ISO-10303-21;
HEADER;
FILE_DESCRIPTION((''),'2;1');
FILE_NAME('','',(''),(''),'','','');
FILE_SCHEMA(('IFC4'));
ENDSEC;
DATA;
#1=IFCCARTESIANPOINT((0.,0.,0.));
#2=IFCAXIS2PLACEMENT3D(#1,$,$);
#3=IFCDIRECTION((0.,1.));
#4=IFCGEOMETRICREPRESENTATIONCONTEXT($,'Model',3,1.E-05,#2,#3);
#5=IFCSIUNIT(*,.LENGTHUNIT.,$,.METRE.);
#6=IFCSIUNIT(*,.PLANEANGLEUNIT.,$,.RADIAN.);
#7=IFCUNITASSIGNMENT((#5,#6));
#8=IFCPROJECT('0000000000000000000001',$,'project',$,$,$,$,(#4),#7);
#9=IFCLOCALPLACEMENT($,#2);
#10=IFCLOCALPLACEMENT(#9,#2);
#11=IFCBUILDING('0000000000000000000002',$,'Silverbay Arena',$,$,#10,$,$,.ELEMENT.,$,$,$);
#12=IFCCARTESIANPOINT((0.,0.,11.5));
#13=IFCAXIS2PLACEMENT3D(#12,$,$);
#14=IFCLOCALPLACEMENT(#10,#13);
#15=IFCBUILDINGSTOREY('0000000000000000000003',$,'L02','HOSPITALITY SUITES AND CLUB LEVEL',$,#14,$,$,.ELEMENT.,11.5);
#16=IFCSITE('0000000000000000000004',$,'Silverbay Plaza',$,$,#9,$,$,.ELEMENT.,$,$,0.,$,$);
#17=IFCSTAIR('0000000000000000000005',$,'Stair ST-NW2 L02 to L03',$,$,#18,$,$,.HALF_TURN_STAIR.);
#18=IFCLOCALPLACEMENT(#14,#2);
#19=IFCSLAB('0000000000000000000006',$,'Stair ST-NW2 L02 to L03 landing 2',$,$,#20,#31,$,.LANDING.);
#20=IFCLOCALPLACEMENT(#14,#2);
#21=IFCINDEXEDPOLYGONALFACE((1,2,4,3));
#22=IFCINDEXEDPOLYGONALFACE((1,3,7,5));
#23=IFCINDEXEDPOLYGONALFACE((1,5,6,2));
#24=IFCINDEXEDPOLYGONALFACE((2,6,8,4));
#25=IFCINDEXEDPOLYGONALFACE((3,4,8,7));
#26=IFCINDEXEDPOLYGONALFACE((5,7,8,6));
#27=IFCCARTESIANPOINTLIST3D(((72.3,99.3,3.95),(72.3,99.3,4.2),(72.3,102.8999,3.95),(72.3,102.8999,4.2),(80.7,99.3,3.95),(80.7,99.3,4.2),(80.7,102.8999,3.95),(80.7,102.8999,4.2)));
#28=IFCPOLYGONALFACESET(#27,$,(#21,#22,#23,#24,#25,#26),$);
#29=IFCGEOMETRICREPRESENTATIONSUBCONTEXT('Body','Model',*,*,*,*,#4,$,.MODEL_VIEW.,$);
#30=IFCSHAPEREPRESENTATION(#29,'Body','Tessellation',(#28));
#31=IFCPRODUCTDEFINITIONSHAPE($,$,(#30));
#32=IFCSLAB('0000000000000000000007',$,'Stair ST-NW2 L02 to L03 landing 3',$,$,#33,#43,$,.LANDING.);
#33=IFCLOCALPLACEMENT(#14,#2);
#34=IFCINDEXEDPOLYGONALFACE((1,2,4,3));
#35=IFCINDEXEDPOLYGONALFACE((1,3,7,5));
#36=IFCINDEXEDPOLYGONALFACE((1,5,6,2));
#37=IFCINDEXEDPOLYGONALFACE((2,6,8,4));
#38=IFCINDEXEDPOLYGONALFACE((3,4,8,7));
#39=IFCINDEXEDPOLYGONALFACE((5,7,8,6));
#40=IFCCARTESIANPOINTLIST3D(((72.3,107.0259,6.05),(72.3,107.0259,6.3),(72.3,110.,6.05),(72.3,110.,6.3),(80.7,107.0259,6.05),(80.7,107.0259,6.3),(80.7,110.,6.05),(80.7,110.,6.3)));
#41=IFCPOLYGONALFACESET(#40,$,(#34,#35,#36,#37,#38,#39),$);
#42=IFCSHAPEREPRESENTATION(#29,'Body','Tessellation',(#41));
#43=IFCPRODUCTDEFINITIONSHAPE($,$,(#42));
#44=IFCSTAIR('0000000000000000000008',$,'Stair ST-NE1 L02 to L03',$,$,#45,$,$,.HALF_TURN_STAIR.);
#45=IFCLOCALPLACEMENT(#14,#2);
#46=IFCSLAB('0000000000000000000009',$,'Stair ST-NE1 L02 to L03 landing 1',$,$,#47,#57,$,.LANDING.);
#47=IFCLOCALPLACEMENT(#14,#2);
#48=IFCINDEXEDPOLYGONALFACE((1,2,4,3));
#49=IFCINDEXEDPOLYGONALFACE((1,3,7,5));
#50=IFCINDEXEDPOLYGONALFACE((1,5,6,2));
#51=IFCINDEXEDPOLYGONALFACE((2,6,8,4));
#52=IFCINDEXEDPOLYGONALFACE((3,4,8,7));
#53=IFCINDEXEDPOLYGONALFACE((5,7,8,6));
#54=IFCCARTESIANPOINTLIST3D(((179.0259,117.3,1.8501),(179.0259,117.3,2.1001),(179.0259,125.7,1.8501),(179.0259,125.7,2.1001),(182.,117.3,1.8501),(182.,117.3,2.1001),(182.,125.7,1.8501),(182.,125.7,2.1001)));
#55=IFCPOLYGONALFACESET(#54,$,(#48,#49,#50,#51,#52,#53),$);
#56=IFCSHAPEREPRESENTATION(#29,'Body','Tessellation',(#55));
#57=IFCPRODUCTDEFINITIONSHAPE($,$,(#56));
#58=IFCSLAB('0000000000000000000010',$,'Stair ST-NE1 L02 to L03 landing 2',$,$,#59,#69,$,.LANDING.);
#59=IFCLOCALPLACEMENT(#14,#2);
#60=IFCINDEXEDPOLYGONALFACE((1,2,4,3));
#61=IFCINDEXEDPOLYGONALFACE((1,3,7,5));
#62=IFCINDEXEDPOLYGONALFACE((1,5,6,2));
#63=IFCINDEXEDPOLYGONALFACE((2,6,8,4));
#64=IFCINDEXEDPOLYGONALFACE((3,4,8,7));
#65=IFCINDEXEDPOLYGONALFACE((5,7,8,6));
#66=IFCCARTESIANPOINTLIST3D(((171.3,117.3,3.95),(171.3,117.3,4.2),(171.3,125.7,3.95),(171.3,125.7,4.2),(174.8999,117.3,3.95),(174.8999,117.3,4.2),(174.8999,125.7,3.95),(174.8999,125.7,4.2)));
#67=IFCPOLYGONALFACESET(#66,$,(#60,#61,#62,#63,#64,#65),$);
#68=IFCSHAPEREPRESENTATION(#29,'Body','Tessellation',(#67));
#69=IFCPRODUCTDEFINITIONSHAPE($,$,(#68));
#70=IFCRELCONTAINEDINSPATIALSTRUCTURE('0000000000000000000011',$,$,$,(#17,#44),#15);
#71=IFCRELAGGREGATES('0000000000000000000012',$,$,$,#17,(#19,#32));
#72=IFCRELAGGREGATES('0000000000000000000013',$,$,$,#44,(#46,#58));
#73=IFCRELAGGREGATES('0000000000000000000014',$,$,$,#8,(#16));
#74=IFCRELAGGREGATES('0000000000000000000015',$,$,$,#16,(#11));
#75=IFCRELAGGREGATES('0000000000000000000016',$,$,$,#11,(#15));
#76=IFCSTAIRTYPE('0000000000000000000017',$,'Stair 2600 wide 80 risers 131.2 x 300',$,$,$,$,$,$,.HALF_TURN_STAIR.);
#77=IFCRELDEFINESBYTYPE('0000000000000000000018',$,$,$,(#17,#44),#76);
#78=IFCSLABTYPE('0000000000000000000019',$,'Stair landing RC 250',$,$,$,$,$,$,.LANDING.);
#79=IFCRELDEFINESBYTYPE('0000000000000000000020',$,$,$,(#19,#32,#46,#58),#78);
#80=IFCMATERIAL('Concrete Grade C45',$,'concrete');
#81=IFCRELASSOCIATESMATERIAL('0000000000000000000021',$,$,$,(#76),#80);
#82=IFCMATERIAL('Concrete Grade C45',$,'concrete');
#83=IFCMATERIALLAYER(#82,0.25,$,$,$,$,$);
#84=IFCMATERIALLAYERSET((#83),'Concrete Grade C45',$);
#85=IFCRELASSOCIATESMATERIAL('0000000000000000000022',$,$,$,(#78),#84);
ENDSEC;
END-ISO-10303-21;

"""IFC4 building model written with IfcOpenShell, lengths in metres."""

from ifc_helpers import new_model, si_unit, direction, frame, origin, place, context, subcontext, project, spatial, polyline, outline, extrude, material, layer, layer_set, type_object, element, aggregate, save


model = new_model("IFC4")

# Units and contexts
model_context = context("Model", 3, precision=1e-05, world=origin(), true_north=direction((0.0, 1.0)))
body_context = subcontext(model_context, "Body", "Model", "MODEL_VIEW")
ifc_project = project(units=[si_unit("LENGTHUNIT", "METRE"), si_unit("PLANEANGLEUNIT", "RADIAN")], contexts=[model_context])

# Site, building, storey
site_placement = place(None, origin())
site = spatial("IfcSite", under=ifc_project, at=site_placement, Name="Silverbay Plaza", CompositionType="ELEMENT", RefElevation=0.0)
building_placement = place(site_placement, origin())
building = spatial("IfcBuilding", under=site, at=building_placement, Name="Silverbay Arena", CompositionType="ELEMENT")
storey_placement = place(building_placement, frame((0.0, 0.0, 11.5)))
storey = spatial("IfcBuildingStorey", under=building, at=storey_placement, Name="L02", Description="HOSPITALITY SUITES AND CLUB LEVEL", CompositionType="ELEMENT", Elevation=11.5)

# Stairs, slabs
ifc_material_1 = material(Name="Concrete Grade C45", Category="concrete")
stair_type = type_object("IfcStairType", Name="Stair 2600 wide 80 risers 131.2 x 300", PredefinedType="HALF_TURN_STAIR", material=ifc_material_1)
ifc_material_2 = material(Name="Concrete Grade C45", Category="concrete")
ifc_layer = layer(ifc_material_2, 0.25)
ifc_layer_set = layer_set([ifc_layer], Name="Concrete Grade C45")
slab_type = type_object("IfcSlabType", Name="Stair landing RC 250", PredefinedType="LANDING", material=ifc_layer_set)
stair_1_placement = place(storey_placement, origin())
stair_1 = element("IfcStair", 1, at=stair_1_placement, inside=storey, type_object=stair_type, Name="Stair ST-NW2 L02 to L03", PredefinedType="HALF_TURN_STAIR")
slab_1_placement = place(storey_placement, frame((0.0, 0.0, 3.95)))
slab_1 = element("IfcSlab", 2, at=slab_1_placement, type_object=slab_type, Name="Stair ST-NW2 L02 to L03 landing 2", PredefinedType="LANDING", context=body_context, shape_type="SweptSolid", body=[
    extrude(outline(polyline([(80.7, 99.3), (80.7, 102.8999), (72.3, 102.8999), (72.3, 99.3), (80.7, 99.3)])), origin(), (0.0, 0.0, 1.0), 0.25),
])
slab_2_placement = place(storey_placement, frame((0.0, 0.0, 6.05)))
slab_2 = element("IfcSlab", 3, at=slab_2_placement, type_object=slab_type, Name="Stair ST-NW2 L02 to L03 landing 3", PredefinedType="LANDING", context=body_context, shape_type="SweptSolid", body=[
    extrude(outline(polyline([(80.7, 107.0259), (80.7, 110.0), (72.3, 110.0), (72.3, 107.0259), (80.7, 107.0259)])), origin(), (0.0, 0.0, 1.0), 0.25),
])
aggregate(stair_1, [slab_1, slab_2])
stair_2_placement = place(storey_placement, origin())
stair_2 = element("IfcStair", 4, at=stair_2_placement, inside=storey, type_object=stair_type, Name="Stair ST-NE1 L02 to L03", PredefinedType="HALF_TURN_STAIR")
slab_3_placement = place(storey_placement, frame((0.0, 0.0, 1.8501)))
slab_3 = element("IfcSlab", 5, at=slab_3_placement, type_object=slab_type, Name="Stair ST-NE1 L02 to L03 landing 1", PredefinedType="LANDING", context=body_context, shape_type="SweptSolid", body=[
    extrude(outline(polyline([(179.0259, 117.3), (182.0, 117.3), (182.0, 125.7), (179.0259, 125.7), (179.0259, 117.3)])), origin(), (0.0, 0.0, 1.0), 0.25),
])
slab_4_placement = place(storey_placement, frame((0.0, 0.0, 3.95)))
slab_4 = element("IfcSlab", 6, at=slab_4_placement, type_object=slab_type, Name="Stair ST-NE1 L02 to L03 landing 2", PredefinedType="LANDING", context=body_context, shape_type="SweptSolid", body=[
    extrude(outline(polyline([(171.3, 117.3), (174.8999, 117.3), (174.8999, 125.7), (171.3, 125.7), (171.3, 117.3)])), origin(), (0.0, 0.0, 1.0), 0.25),
])
aggregate(stair_2, [slab_3, slab_4])

save(model, "model.ifc")
